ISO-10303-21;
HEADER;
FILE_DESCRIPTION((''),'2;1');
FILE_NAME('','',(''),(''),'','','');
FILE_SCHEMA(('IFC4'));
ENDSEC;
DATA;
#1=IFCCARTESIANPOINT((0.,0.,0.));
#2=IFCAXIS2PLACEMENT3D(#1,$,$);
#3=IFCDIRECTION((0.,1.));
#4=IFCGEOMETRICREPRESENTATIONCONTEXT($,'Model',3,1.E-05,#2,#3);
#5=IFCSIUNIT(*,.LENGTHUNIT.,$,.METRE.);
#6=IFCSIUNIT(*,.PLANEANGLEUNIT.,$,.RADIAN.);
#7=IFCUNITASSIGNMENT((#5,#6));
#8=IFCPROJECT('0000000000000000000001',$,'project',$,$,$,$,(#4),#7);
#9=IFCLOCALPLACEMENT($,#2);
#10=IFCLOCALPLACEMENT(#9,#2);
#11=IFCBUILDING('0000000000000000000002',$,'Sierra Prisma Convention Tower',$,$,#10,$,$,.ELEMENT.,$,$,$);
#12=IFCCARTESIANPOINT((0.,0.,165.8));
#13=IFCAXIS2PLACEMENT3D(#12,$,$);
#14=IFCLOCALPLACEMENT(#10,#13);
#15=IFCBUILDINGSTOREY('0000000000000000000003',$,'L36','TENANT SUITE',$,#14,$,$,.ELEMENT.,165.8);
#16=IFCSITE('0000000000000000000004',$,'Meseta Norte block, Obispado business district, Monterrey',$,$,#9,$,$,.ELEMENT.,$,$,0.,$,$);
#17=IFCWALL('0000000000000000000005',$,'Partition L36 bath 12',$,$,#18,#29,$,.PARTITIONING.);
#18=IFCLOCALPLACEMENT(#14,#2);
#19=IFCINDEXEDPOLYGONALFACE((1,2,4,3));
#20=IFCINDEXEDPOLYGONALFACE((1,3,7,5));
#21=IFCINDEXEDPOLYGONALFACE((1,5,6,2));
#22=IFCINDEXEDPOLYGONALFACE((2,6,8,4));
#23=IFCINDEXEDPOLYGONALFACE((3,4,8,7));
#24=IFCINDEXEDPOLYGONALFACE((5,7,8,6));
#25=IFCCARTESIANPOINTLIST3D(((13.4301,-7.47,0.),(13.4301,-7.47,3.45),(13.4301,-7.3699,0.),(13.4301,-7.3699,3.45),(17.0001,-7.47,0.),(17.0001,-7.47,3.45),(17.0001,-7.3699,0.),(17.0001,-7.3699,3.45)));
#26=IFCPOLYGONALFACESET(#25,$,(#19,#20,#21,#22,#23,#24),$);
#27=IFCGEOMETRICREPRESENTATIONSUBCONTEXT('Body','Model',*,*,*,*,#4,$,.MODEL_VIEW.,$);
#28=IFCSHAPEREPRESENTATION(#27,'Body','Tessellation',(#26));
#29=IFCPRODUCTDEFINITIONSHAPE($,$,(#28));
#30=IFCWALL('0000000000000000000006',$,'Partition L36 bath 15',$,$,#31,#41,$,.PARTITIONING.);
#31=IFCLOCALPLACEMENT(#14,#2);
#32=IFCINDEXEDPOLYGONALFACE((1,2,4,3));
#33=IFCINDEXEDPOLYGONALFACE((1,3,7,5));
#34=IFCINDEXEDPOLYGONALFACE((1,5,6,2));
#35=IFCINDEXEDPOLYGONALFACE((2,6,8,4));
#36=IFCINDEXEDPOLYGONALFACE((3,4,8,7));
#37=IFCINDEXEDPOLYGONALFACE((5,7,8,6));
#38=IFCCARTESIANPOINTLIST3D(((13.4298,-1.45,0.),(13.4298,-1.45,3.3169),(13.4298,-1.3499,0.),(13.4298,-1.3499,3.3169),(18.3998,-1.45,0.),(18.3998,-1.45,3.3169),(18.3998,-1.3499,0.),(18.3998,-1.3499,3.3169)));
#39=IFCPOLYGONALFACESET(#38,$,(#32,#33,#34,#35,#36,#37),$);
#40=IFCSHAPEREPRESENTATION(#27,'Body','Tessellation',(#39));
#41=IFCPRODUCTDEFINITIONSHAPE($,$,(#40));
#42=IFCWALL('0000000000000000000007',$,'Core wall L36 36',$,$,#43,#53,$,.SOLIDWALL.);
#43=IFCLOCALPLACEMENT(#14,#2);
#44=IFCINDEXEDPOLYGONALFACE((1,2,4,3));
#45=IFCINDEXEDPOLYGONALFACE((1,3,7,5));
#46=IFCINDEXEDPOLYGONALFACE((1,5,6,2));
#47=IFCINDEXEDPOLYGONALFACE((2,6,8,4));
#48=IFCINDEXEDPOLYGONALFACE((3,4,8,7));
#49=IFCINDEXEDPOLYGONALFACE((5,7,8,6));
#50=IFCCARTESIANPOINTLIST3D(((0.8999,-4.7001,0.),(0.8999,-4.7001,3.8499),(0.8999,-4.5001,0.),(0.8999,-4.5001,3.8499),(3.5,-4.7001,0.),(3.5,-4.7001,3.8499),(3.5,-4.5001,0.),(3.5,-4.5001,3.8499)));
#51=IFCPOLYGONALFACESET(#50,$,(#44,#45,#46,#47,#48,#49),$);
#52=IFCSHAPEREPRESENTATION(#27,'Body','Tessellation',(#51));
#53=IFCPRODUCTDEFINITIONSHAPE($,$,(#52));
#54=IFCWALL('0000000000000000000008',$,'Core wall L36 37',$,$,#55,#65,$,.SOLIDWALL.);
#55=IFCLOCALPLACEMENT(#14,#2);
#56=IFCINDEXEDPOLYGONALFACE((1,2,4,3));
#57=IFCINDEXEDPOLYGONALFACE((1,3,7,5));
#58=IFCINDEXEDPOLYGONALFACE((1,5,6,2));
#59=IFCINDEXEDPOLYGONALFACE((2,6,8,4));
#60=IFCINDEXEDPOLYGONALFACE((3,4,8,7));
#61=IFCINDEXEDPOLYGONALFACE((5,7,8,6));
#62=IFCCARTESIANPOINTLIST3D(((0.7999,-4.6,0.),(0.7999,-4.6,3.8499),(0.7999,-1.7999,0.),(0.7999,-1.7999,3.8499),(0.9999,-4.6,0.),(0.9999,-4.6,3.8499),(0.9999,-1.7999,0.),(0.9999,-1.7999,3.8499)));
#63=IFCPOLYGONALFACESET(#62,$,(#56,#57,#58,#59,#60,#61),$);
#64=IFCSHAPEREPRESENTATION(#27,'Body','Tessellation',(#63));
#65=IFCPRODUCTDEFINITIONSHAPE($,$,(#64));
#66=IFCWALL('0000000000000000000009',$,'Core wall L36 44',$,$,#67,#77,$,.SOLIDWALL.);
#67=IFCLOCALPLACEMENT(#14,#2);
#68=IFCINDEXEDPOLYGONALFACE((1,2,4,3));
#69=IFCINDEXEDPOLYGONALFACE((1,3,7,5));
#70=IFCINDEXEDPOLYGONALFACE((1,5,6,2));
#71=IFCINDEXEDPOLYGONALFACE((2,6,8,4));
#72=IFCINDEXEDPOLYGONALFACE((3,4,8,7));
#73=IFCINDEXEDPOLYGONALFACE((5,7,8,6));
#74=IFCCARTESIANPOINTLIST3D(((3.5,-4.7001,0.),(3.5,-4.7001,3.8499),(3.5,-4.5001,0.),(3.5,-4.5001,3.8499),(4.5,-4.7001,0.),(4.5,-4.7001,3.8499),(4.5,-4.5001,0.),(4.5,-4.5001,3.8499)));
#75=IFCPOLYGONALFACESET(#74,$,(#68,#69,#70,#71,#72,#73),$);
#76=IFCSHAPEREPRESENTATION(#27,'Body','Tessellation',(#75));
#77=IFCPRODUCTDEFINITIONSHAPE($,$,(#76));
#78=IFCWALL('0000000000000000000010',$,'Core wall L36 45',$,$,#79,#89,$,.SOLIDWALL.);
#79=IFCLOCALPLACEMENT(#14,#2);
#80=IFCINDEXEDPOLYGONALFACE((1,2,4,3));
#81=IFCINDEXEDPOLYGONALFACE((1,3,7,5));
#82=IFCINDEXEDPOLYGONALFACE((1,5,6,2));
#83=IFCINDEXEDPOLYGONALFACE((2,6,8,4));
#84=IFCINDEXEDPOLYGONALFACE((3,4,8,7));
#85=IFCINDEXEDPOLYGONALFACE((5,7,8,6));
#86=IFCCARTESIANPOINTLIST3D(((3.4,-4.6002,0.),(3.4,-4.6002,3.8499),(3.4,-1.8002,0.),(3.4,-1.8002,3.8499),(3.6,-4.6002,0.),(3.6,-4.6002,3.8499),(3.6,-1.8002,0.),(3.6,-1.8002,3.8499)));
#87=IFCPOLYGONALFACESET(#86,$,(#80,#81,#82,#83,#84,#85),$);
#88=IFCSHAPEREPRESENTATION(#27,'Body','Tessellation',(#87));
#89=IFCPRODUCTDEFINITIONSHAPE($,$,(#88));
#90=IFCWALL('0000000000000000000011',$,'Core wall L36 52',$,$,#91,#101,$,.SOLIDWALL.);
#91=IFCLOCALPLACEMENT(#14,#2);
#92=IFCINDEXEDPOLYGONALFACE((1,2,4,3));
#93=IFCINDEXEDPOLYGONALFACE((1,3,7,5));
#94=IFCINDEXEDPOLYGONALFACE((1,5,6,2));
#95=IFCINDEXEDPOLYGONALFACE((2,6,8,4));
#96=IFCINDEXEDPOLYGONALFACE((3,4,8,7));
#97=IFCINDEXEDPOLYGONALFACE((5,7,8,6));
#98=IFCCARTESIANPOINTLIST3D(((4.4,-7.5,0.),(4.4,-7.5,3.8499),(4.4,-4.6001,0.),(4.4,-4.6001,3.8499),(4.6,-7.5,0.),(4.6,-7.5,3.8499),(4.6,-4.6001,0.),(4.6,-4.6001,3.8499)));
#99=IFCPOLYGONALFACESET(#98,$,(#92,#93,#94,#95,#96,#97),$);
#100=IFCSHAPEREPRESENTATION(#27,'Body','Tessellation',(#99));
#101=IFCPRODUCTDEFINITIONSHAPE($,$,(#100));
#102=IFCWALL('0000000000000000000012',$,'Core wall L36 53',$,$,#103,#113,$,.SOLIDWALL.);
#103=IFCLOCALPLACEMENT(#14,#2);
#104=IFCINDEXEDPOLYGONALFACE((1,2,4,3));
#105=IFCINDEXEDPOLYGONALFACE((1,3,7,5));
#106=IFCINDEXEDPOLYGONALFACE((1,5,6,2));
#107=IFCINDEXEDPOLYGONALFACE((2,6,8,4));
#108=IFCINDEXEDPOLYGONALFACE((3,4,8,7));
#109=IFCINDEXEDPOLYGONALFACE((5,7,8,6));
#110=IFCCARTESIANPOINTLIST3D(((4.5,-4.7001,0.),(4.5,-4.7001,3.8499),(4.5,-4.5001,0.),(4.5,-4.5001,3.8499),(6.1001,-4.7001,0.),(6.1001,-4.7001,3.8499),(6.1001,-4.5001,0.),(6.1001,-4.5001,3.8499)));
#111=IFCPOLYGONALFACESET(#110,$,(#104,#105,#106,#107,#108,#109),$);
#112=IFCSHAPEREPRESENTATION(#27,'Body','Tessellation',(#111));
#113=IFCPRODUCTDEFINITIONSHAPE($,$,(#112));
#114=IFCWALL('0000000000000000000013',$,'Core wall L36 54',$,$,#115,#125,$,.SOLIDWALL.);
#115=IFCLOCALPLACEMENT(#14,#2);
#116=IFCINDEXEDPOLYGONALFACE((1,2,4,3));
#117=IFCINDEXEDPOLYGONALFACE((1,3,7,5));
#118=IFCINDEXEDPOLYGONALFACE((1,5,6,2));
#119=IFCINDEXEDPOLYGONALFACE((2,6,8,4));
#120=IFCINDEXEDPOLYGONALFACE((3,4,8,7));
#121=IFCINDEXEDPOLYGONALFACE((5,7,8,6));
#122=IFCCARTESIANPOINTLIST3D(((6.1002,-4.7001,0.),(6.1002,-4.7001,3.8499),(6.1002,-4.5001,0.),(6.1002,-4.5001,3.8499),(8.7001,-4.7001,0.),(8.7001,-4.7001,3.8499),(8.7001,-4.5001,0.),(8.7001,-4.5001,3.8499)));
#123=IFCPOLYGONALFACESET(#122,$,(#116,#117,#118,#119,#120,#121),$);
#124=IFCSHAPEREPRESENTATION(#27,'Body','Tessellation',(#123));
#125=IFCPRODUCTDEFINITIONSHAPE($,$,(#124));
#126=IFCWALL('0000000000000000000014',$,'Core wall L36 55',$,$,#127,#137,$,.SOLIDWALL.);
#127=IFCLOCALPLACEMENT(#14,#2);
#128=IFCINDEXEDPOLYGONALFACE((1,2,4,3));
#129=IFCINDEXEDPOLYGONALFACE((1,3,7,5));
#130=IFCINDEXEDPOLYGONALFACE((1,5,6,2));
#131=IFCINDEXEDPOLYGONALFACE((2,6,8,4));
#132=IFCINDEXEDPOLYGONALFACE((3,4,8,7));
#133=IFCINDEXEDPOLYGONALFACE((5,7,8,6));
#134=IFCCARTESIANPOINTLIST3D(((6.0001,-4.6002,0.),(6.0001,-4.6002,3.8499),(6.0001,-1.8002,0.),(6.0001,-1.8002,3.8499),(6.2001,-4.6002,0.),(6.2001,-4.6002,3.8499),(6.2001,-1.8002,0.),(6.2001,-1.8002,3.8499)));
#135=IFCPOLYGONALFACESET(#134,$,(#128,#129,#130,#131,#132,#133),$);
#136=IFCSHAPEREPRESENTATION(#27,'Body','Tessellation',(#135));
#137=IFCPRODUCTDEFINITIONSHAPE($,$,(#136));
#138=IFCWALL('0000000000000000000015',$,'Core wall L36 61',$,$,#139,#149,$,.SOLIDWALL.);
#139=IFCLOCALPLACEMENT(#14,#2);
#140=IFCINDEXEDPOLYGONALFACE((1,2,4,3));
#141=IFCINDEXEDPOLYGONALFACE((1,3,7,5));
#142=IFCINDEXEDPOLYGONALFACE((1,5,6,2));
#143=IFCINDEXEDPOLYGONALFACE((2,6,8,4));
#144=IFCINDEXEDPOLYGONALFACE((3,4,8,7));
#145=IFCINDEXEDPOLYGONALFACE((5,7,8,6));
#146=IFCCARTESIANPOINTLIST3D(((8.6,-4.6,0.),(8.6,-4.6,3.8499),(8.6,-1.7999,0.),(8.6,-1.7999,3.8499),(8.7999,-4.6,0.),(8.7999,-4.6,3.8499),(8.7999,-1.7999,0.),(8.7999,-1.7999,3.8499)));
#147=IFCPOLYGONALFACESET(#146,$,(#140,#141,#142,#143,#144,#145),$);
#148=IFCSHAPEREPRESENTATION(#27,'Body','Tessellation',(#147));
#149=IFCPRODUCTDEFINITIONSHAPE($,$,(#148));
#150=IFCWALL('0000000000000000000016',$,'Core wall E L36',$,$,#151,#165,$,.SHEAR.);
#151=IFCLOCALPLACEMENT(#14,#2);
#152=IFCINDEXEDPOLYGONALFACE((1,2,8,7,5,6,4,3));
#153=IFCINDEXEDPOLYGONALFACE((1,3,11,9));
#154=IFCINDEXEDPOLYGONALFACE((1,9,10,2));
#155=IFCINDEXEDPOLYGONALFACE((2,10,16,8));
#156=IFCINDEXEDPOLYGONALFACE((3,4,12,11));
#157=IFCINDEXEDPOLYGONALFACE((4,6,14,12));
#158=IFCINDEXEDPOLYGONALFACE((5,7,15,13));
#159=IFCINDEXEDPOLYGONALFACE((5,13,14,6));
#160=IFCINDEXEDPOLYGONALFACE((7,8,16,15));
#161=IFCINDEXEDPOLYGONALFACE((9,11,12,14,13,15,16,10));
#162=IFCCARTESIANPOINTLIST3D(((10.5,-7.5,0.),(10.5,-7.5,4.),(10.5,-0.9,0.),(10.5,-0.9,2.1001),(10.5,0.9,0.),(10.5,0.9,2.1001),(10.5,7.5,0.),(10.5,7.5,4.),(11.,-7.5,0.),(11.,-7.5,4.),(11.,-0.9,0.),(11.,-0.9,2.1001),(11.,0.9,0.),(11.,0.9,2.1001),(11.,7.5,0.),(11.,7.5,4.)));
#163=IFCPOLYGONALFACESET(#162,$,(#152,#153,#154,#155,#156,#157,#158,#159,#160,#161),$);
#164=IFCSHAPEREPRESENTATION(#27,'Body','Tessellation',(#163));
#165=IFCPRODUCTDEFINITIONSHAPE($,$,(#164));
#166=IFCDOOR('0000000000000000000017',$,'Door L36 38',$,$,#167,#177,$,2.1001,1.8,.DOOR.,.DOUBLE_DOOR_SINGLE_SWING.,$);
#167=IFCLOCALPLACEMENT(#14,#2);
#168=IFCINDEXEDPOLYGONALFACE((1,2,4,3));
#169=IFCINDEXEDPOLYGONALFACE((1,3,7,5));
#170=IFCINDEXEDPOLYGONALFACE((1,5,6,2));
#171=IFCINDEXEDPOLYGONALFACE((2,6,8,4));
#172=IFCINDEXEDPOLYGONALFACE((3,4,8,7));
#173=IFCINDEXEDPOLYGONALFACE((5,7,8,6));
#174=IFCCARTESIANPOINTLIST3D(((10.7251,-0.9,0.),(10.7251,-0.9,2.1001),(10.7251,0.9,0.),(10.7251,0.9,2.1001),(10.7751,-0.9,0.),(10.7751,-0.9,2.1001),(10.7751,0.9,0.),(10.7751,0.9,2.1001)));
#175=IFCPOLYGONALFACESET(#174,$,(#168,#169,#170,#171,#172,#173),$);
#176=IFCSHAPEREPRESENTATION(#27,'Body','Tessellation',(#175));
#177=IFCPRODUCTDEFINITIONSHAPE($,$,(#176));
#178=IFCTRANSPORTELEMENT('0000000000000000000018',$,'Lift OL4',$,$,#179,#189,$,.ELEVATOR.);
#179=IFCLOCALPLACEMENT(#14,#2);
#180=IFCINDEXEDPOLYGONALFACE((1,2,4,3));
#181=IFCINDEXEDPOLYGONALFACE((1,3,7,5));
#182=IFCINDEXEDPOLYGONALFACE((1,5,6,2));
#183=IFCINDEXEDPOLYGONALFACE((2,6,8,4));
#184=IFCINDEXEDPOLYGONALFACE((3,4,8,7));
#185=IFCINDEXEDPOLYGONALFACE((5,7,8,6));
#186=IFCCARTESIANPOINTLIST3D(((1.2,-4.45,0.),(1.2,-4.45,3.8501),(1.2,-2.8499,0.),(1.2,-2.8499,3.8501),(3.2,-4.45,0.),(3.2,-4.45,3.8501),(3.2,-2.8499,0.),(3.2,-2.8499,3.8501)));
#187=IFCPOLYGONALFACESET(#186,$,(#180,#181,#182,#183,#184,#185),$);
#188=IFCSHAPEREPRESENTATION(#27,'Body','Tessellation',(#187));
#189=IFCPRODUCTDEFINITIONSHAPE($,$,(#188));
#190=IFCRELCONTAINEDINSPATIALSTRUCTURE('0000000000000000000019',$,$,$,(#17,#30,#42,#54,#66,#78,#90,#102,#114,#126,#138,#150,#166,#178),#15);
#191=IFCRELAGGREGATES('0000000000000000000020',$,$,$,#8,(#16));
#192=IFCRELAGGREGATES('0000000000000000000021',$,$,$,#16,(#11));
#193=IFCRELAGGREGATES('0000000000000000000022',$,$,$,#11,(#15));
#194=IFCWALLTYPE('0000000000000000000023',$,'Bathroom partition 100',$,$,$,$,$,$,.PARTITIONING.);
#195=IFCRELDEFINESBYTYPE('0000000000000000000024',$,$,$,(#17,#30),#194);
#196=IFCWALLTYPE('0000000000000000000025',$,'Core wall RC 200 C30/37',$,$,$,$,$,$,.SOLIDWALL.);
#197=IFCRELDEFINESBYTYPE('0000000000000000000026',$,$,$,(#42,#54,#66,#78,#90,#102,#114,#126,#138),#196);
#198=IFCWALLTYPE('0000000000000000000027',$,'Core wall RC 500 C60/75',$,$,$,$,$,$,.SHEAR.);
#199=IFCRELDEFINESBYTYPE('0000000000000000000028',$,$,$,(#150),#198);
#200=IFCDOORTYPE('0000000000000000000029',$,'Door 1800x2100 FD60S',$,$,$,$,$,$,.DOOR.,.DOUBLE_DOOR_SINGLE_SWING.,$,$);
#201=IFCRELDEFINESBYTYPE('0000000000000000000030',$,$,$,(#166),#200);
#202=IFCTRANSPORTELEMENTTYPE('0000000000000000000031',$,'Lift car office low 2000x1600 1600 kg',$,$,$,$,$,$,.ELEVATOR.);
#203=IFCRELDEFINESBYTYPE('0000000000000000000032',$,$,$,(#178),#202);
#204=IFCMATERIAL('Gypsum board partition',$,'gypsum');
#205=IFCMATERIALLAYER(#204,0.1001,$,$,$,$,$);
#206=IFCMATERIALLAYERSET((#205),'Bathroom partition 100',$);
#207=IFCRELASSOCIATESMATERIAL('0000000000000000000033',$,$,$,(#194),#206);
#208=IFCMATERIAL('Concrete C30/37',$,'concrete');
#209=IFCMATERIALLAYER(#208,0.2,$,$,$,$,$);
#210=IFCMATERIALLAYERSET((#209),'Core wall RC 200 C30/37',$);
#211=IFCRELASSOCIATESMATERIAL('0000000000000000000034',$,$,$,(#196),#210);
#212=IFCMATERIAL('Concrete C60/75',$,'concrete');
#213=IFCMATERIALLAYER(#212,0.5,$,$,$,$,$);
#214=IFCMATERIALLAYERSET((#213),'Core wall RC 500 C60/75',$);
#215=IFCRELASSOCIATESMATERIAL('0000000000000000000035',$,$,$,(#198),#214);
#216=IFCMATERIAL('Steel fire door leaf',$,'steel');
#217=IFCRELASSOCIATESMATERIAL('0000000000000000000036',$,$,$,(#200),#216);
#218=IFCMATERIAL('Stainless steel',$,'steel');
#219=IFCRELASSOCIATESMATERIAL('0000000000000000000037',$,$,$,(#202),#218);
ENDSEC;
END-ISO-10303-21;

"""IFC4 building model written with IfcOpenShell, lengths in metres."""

from ifc_helpers import new_model, si_unit, direction, frame, frame_2d, origin, origin_2d, place, context, subcontext, project, spatial, rectangle, extrude, material, layer, layer_set, type_object, element, fill, save


model = new_model("IFC4")

# Units and contexts
model_context = context("Model", 3, precision=1e-05, world=origin(), true_north=direction((0.0, 1.0)))
body_context = subcontext(model_context, "Body", "Model", "MODEL_VIEW")
ifc_project = project(units=[si_unit("LENGTHUNIT", "METRE"), si_unit("PLANEANGLEUNIT", "RADIAN")], contexts=[model_context])

# Site, building, storey
site_placement = place(None, origin())
site = spatial("IfcSite", under=ifc_project, at=site_placement, Name="Meseta Norte block, Obispado business district, Monterrey", CompositionType="ELEMENT", RefElevation=0.0)
building_placement = place(site_placement, origin())
building = spatial("IfcBuilding", under=site, at=building_placement, Name="Sierra Prisma Convention Tower", CompositionType="ELEMENT")
storey_placement = place(building_placement, frame((0.0, 0.0, 165.8)))
storey = spatial("IfcBuildingStorey", under=building, at=storey_placement, Name="L36", Description="TENANT SUITE", CompositionType="ELEMENT", Elevation=165.8)

# Walls
ifc_material_1 = material(Name="Gypsum board partition", Category="gypsum")
ifc_layer_1 = layer(ifc_material_1, 0.1001)
ifc_layer_set_1 = layer_set([ifc_layer_1], Name="Bathroom partition 100")
wall_type_1 = type_object("IfcWallType", Name="Bathroom partition 100", PredefinedType="PARTITIONING", material=ifc_layer_set_1)
wall_1_placement = place(storey_placement, frame((13.4299, -7.4199, 0.0), z_axis=(0.0, 0.0, 1.0), x_axis=(1.0, 0.0, 0.0)))
element("IfcWall", 1, at=wall_1_placement, inside=storey, type_object=wall_type_1, Name="Partition L36 bath 12", PredefinedType="PARTITIONING", context=body_context, shape_type="SweptSolid", body=[
    extrude(rectangle(XDim=3.5701, YDim=0.1001, at=frame_2d((1.7852, 0.0))), origin(), (0.0, 0.0, 1.0), 3.45),
])
wall_2_placement = place(storey_placement, frame((13.4299, -1.3999, 0.0), z_axis=(0.0, 0.0, 1.0), x_axis=(1.0, 0.0, 0.0)))
element("IfcWall", 2, at=wall_2_placement, inside=storey, type_object=wall_type_1, Name="Partition L36 bath 15", PredefinedType="PARTITIONING", context=body_context, shape_type="SweptSolid", body=[
    extrude(rectangle(XDim=4.97, YDim=0.1001, at=frame_2d((2.4849, 0.0))), origin(), (0.0, 0.0, 1.0), 3.3169),
])

# Shared definitions
ifc_material_2 = material(Name="Concrete C30/37", Category="concrete")
ifc_layer_2 = layer(ifc_material_2, 0.2)
ifc_layer_set_2 = layer_set([ifc_layer_2], Name="Core wall RC 200 C30/37")
wall_type_2 = type_object("IfcWallType", Name="Core wall RC 200 C30/37", PredefinedType="SOLIDWALL", material=ifc_layer_set_2)

# Walls
wall_3_placement = place(storey_placement, frame((3.5, -4.6001, 0.0), z_axis=(0.0, 0.0, 1.0), x_axis=(-1.0, 0.0, 0.0)))
element("IfcWall", 3, at=wall_3_placement, inside=storey, type_object=wall_type_2, Name="Core wall L36 36", PredefinedType="SOLIDWALL", context=body_context, shape_type="SweptSolid", body=[
    extrude(rectangle(XDim=2.6001, YDim=0.2, at=frame_2d((1.3, 0.0))), origin(), (0.0, 0.0, 1.0), 3.8499),
])
wall_4_placement = place(storey_placement, frame((0.8999, -1.8, 0.0), z_axis=(0.0, 0.0, 1.0), x_axis=(0.0, -1.0, 0.0)))
element("IfcWall", 4, at=wall_4_placement, inside=storey, type_object=wall_type_2, Name="Core wall L36 37", PredefinedType="SOLIDWALL", context=body_context, shape_type="SweptSolid", body=[
    extrude(rectangle(XDim=2.8, YDim=0.2, at=frame_2d((1.3999, 0.0))), origin(), (0.0, 0.0, 1.0), 3.8499),
])

# Walls
wall_5_placement = place(storey_placement, frame((4.5, -4.6001, 0.0), z_axis=(0.0, 0.0, 1.0), x_axis=(-1.0, 0.0, 0.0)))
element("IfcWall", 5, at=wall_5_placement, inside=storey, type_object=wall_type_2, Name="Core wall L36 44", PredefinedType="SOLIDWALL", context=body_context, shape_type="SweptSolid", body=[
    extrude(rectangle(XDim=1.0, YDim=0.2, at=frame_2d((0.5, 0.0))), origin(), (0.0, 0.0, 1.0), 3.8499),
])
wall_6_placement = place(storey_placement, frame((3.5, -4.6001, 0.0), z_axis=(0.0, 0.0, 1.0), x_axis=(0.0, 1.0, 0.0)))
element("IfcWall", 6, at=wall_6_placement, inside=storey, type_object=wall_type_2, Name="Core wall L36 45", PredefinedType="SOLIDWALL", context=body_context, shape_type="SweptSolid", body=[
    extrude(rectangle(XDim=2.8, YDim=0.2, at=frame_2d((1.3999, 0.0))), origin(), (0.0, 0.0, 1.0), 3.8499),
])

# Walls
wall_7_placement = place(storey_placement, frame((4.5, -4.6001, 0.0), z_axis=(0.0, 0.0, 1.0), x_axis=(0.0, -1.0, 0.0)))
element("IfcWall", 7, at=wall_7_placement, inside=storey, type_object=wall_type_2, Name="Core wall L36 52", PredefinedType="SOLIDWALL", context=body_context, shape_type="SweptSolid", body=[
    extrude(rectangle(XDim=2.8999, YDim=0.2, at=frame_2d((1.45, 0.0))), origin(), (0.0, 0.0, 1.0), 3.8499),
])
wall_8_placement = place(storey_placement, frame((6.1001, -4.6001, 0.0), z_axis=(0.0, 0.0, 1.0), x_axis=(-1.0, 0.0, 0.0)))
element("IfcWall", 8, at=wall_8_placement, inside=storey, type_object=wall_type_2, Name="Core wall L36 53", PredefinedType="SOLIDWALL", context=body_context, shape_type="SweptSolid", body=[
    extrude(rectangle(XDim=1.6001, YDim=0.2, at=frame_2d((0.8, 0.0))), origin(), (0.0, 0.0, 1.0), 3.8499),
])
wall_9_placement = place(storey_placement, frame((8.7, -4.6001, 0.0), z_axis=(0.0, 0.0, 1.0), x_axis=(-1.0, 0.0, 0.0)))
element("IfcWall", 9, at=wall_9_placement, inside=storey, type_object=wall_type_2, Name="Core wall L36 54", PredefinedType="SOLIDWALL", context=body_context, shape_type="SweptSolid", body=[
    extrude(rectangle(XDim=2.5999, YDim=0.2, at=frame_2d((1.2998, 0.0))), origin(), (0.0, 0.0, 1.0), 3.8499),
])
wall_10_placement = place(storey_placement, frame((6.1001, -4.6001, 0.0), z_axis=(0.0, 0.0, 1.0), x_axis=(0.0, 1.0, 0.0)))
element("IfcWall", 10, at=wall_10_placement, inside=storey, type_object=wall_type_2, Name="Core wall L36 55", PredefinedType="SOLIDWALL", context=body_context, shape_type="SweptSolid", body=[
    extrude(rectangle(XDim=2.8, YDim=0.2, at=frame_2d((1.3999, 0.0))), origin(), (0.0, 0.0, 1.0), 3.8499),
])

# Wall
wall_11_placement = place(storey_placement, frame((8.7, -1.8, 0.0), z_axis=(0.0, 0.0, 1.0), x_axis=(0.0, -1.0, 0.0)))
element("IfcWall", 11, at=wall_11_placement, inside=storey, type_object=wall_type_2, Name="Core wall L36 61", PredefinedType="SOLIDWALL", context=body_context, shape_type="SweptSolid", body=[
    extrude(rectangle(XDim=2.8, YDim=0.2, at=frame_2d((1.3999, 0.0))), origin(), (0.0, 0.0, 1.0), 3.8499),
])

# Wall, opening, door
ifc_material_3 = material(Name="Concrete C60/75", Category="concrete")
ifc_layer_3 = layer(ifc_material_3, 0.5)
ifc_layer_set_3 = layer_set([ifc_layer_3], Name="Core wall RC 500 C60/75")
wall_type_3 = type_object("IfcWallType", Name="Core wall RC 500 C60/75", PredefinedType="SHEAR", material=ifc_layer_set_3)
wall_12_placement = place(storey_placement, frame((10.75, -7.5, 0.0), z_axis=(0.0, 0.0, 1.0), x_axis=(0.0, 1.0, 0.0)))
wall_12 = element("IfcWall", 12, at=wall_12_placement, inside=storey, type_object=wall_type_3, Name="Core wall E L36", PredefinedType="SHEAR", context=body_context, shape_type="SweptSolid", body=[
    extrude(rectangle(XDim=15.0, YDim=0.5, at=frame_2d((7.5, 0.0))), origin(), (0.0, 0.0, 1.0), 4.0),
])
opening_1_placement = place(wall_12_placement, frame((6.6001, 0.0, 0.0)))
opening_1 = element("IfcOpeningElement", 13, at=opening_1_placement, cuts=wall_12, PredefinedType="OPENING", context=body_context, shape_type="SweptSolid", body=[
    extrude(rectangle(XDim=1.8, YDim=2.1001, at=frame_2d((0.8999, 1.05))), frame((0.0, 0.25, 0.0), z_axis=(0.0, -1.0, 0.0), x_axis=(1.0, 0.0, 0.0)), (0.0, 0.0, 1.0), 0.5),
])
ifc_material_4 = material(Name="Steel fire door leaf", Category="steel")
door_type_1 = type_object("IfcDoorType", Name="Door 1800x2100 FD60S", OperationType="DOUBLE_DOOR_SINGLE_SWING", PredefinedType="DOOR", material=ifc_material_4)
door_1_placement = place(opening_1_placement, origin())
door_1 = element("IfcDoor", 14, at=door_1_placement, inside=storey, type_object=door_type_1, Name="Door L36 38", OperationType="DOUBLE_DOOR_SINGLE_SWING", OverallHeight=2.1001, OverallWidth=1.8, PredefinedType="DOOR", context=body_context, shape_type="SweptSolid", body=[
    extrude(rectangle(XDim=1.8, YDim=2.1001, at=frame_2d((0.8999, 1.05))), frame((0.0, 0.0249, 0.0), z_axis=(0.0, -1.0, 0.0), x_axis=(1.0, 0.0, 0.0)), (0.0, 0.0, 1.0), 0.05),
])
fill(opening_1, door_1)

# Transport element
ifc_material_5 = material(Name="Stainless steel", Category="steel")
transport_element_type = type_object("IfcTransportElementType", Name="Lift car office low 2000x1600 1600 kg", PredefinedType="ELEVATOR", material=ifc_material_5)
for number, where, z_axis, x_axis, name in (
    (15, (2.2, -3.6499, 0.0), (0.0, 0.0, 1.0), (1.0, 0.0, 0.0), "Lift OL4"),
):
    element("IfcTransportElement", number, at=place(storey_placement, frame(where, z_axis=z_axis, x_axis=x_axis)), inside=storey, type_object=transport_element_type, Name=name, PredefinedType="ELEVATOR", context=body_context, shape_type="SweptSolid", body=[
        extrude(rectangle(XDim=2.0, YDim=1.6001, at=origin_2d()), origin(), (0.0, 0.0, 1.0), 3.8501),
    ])

save(model, "model.ifc")
